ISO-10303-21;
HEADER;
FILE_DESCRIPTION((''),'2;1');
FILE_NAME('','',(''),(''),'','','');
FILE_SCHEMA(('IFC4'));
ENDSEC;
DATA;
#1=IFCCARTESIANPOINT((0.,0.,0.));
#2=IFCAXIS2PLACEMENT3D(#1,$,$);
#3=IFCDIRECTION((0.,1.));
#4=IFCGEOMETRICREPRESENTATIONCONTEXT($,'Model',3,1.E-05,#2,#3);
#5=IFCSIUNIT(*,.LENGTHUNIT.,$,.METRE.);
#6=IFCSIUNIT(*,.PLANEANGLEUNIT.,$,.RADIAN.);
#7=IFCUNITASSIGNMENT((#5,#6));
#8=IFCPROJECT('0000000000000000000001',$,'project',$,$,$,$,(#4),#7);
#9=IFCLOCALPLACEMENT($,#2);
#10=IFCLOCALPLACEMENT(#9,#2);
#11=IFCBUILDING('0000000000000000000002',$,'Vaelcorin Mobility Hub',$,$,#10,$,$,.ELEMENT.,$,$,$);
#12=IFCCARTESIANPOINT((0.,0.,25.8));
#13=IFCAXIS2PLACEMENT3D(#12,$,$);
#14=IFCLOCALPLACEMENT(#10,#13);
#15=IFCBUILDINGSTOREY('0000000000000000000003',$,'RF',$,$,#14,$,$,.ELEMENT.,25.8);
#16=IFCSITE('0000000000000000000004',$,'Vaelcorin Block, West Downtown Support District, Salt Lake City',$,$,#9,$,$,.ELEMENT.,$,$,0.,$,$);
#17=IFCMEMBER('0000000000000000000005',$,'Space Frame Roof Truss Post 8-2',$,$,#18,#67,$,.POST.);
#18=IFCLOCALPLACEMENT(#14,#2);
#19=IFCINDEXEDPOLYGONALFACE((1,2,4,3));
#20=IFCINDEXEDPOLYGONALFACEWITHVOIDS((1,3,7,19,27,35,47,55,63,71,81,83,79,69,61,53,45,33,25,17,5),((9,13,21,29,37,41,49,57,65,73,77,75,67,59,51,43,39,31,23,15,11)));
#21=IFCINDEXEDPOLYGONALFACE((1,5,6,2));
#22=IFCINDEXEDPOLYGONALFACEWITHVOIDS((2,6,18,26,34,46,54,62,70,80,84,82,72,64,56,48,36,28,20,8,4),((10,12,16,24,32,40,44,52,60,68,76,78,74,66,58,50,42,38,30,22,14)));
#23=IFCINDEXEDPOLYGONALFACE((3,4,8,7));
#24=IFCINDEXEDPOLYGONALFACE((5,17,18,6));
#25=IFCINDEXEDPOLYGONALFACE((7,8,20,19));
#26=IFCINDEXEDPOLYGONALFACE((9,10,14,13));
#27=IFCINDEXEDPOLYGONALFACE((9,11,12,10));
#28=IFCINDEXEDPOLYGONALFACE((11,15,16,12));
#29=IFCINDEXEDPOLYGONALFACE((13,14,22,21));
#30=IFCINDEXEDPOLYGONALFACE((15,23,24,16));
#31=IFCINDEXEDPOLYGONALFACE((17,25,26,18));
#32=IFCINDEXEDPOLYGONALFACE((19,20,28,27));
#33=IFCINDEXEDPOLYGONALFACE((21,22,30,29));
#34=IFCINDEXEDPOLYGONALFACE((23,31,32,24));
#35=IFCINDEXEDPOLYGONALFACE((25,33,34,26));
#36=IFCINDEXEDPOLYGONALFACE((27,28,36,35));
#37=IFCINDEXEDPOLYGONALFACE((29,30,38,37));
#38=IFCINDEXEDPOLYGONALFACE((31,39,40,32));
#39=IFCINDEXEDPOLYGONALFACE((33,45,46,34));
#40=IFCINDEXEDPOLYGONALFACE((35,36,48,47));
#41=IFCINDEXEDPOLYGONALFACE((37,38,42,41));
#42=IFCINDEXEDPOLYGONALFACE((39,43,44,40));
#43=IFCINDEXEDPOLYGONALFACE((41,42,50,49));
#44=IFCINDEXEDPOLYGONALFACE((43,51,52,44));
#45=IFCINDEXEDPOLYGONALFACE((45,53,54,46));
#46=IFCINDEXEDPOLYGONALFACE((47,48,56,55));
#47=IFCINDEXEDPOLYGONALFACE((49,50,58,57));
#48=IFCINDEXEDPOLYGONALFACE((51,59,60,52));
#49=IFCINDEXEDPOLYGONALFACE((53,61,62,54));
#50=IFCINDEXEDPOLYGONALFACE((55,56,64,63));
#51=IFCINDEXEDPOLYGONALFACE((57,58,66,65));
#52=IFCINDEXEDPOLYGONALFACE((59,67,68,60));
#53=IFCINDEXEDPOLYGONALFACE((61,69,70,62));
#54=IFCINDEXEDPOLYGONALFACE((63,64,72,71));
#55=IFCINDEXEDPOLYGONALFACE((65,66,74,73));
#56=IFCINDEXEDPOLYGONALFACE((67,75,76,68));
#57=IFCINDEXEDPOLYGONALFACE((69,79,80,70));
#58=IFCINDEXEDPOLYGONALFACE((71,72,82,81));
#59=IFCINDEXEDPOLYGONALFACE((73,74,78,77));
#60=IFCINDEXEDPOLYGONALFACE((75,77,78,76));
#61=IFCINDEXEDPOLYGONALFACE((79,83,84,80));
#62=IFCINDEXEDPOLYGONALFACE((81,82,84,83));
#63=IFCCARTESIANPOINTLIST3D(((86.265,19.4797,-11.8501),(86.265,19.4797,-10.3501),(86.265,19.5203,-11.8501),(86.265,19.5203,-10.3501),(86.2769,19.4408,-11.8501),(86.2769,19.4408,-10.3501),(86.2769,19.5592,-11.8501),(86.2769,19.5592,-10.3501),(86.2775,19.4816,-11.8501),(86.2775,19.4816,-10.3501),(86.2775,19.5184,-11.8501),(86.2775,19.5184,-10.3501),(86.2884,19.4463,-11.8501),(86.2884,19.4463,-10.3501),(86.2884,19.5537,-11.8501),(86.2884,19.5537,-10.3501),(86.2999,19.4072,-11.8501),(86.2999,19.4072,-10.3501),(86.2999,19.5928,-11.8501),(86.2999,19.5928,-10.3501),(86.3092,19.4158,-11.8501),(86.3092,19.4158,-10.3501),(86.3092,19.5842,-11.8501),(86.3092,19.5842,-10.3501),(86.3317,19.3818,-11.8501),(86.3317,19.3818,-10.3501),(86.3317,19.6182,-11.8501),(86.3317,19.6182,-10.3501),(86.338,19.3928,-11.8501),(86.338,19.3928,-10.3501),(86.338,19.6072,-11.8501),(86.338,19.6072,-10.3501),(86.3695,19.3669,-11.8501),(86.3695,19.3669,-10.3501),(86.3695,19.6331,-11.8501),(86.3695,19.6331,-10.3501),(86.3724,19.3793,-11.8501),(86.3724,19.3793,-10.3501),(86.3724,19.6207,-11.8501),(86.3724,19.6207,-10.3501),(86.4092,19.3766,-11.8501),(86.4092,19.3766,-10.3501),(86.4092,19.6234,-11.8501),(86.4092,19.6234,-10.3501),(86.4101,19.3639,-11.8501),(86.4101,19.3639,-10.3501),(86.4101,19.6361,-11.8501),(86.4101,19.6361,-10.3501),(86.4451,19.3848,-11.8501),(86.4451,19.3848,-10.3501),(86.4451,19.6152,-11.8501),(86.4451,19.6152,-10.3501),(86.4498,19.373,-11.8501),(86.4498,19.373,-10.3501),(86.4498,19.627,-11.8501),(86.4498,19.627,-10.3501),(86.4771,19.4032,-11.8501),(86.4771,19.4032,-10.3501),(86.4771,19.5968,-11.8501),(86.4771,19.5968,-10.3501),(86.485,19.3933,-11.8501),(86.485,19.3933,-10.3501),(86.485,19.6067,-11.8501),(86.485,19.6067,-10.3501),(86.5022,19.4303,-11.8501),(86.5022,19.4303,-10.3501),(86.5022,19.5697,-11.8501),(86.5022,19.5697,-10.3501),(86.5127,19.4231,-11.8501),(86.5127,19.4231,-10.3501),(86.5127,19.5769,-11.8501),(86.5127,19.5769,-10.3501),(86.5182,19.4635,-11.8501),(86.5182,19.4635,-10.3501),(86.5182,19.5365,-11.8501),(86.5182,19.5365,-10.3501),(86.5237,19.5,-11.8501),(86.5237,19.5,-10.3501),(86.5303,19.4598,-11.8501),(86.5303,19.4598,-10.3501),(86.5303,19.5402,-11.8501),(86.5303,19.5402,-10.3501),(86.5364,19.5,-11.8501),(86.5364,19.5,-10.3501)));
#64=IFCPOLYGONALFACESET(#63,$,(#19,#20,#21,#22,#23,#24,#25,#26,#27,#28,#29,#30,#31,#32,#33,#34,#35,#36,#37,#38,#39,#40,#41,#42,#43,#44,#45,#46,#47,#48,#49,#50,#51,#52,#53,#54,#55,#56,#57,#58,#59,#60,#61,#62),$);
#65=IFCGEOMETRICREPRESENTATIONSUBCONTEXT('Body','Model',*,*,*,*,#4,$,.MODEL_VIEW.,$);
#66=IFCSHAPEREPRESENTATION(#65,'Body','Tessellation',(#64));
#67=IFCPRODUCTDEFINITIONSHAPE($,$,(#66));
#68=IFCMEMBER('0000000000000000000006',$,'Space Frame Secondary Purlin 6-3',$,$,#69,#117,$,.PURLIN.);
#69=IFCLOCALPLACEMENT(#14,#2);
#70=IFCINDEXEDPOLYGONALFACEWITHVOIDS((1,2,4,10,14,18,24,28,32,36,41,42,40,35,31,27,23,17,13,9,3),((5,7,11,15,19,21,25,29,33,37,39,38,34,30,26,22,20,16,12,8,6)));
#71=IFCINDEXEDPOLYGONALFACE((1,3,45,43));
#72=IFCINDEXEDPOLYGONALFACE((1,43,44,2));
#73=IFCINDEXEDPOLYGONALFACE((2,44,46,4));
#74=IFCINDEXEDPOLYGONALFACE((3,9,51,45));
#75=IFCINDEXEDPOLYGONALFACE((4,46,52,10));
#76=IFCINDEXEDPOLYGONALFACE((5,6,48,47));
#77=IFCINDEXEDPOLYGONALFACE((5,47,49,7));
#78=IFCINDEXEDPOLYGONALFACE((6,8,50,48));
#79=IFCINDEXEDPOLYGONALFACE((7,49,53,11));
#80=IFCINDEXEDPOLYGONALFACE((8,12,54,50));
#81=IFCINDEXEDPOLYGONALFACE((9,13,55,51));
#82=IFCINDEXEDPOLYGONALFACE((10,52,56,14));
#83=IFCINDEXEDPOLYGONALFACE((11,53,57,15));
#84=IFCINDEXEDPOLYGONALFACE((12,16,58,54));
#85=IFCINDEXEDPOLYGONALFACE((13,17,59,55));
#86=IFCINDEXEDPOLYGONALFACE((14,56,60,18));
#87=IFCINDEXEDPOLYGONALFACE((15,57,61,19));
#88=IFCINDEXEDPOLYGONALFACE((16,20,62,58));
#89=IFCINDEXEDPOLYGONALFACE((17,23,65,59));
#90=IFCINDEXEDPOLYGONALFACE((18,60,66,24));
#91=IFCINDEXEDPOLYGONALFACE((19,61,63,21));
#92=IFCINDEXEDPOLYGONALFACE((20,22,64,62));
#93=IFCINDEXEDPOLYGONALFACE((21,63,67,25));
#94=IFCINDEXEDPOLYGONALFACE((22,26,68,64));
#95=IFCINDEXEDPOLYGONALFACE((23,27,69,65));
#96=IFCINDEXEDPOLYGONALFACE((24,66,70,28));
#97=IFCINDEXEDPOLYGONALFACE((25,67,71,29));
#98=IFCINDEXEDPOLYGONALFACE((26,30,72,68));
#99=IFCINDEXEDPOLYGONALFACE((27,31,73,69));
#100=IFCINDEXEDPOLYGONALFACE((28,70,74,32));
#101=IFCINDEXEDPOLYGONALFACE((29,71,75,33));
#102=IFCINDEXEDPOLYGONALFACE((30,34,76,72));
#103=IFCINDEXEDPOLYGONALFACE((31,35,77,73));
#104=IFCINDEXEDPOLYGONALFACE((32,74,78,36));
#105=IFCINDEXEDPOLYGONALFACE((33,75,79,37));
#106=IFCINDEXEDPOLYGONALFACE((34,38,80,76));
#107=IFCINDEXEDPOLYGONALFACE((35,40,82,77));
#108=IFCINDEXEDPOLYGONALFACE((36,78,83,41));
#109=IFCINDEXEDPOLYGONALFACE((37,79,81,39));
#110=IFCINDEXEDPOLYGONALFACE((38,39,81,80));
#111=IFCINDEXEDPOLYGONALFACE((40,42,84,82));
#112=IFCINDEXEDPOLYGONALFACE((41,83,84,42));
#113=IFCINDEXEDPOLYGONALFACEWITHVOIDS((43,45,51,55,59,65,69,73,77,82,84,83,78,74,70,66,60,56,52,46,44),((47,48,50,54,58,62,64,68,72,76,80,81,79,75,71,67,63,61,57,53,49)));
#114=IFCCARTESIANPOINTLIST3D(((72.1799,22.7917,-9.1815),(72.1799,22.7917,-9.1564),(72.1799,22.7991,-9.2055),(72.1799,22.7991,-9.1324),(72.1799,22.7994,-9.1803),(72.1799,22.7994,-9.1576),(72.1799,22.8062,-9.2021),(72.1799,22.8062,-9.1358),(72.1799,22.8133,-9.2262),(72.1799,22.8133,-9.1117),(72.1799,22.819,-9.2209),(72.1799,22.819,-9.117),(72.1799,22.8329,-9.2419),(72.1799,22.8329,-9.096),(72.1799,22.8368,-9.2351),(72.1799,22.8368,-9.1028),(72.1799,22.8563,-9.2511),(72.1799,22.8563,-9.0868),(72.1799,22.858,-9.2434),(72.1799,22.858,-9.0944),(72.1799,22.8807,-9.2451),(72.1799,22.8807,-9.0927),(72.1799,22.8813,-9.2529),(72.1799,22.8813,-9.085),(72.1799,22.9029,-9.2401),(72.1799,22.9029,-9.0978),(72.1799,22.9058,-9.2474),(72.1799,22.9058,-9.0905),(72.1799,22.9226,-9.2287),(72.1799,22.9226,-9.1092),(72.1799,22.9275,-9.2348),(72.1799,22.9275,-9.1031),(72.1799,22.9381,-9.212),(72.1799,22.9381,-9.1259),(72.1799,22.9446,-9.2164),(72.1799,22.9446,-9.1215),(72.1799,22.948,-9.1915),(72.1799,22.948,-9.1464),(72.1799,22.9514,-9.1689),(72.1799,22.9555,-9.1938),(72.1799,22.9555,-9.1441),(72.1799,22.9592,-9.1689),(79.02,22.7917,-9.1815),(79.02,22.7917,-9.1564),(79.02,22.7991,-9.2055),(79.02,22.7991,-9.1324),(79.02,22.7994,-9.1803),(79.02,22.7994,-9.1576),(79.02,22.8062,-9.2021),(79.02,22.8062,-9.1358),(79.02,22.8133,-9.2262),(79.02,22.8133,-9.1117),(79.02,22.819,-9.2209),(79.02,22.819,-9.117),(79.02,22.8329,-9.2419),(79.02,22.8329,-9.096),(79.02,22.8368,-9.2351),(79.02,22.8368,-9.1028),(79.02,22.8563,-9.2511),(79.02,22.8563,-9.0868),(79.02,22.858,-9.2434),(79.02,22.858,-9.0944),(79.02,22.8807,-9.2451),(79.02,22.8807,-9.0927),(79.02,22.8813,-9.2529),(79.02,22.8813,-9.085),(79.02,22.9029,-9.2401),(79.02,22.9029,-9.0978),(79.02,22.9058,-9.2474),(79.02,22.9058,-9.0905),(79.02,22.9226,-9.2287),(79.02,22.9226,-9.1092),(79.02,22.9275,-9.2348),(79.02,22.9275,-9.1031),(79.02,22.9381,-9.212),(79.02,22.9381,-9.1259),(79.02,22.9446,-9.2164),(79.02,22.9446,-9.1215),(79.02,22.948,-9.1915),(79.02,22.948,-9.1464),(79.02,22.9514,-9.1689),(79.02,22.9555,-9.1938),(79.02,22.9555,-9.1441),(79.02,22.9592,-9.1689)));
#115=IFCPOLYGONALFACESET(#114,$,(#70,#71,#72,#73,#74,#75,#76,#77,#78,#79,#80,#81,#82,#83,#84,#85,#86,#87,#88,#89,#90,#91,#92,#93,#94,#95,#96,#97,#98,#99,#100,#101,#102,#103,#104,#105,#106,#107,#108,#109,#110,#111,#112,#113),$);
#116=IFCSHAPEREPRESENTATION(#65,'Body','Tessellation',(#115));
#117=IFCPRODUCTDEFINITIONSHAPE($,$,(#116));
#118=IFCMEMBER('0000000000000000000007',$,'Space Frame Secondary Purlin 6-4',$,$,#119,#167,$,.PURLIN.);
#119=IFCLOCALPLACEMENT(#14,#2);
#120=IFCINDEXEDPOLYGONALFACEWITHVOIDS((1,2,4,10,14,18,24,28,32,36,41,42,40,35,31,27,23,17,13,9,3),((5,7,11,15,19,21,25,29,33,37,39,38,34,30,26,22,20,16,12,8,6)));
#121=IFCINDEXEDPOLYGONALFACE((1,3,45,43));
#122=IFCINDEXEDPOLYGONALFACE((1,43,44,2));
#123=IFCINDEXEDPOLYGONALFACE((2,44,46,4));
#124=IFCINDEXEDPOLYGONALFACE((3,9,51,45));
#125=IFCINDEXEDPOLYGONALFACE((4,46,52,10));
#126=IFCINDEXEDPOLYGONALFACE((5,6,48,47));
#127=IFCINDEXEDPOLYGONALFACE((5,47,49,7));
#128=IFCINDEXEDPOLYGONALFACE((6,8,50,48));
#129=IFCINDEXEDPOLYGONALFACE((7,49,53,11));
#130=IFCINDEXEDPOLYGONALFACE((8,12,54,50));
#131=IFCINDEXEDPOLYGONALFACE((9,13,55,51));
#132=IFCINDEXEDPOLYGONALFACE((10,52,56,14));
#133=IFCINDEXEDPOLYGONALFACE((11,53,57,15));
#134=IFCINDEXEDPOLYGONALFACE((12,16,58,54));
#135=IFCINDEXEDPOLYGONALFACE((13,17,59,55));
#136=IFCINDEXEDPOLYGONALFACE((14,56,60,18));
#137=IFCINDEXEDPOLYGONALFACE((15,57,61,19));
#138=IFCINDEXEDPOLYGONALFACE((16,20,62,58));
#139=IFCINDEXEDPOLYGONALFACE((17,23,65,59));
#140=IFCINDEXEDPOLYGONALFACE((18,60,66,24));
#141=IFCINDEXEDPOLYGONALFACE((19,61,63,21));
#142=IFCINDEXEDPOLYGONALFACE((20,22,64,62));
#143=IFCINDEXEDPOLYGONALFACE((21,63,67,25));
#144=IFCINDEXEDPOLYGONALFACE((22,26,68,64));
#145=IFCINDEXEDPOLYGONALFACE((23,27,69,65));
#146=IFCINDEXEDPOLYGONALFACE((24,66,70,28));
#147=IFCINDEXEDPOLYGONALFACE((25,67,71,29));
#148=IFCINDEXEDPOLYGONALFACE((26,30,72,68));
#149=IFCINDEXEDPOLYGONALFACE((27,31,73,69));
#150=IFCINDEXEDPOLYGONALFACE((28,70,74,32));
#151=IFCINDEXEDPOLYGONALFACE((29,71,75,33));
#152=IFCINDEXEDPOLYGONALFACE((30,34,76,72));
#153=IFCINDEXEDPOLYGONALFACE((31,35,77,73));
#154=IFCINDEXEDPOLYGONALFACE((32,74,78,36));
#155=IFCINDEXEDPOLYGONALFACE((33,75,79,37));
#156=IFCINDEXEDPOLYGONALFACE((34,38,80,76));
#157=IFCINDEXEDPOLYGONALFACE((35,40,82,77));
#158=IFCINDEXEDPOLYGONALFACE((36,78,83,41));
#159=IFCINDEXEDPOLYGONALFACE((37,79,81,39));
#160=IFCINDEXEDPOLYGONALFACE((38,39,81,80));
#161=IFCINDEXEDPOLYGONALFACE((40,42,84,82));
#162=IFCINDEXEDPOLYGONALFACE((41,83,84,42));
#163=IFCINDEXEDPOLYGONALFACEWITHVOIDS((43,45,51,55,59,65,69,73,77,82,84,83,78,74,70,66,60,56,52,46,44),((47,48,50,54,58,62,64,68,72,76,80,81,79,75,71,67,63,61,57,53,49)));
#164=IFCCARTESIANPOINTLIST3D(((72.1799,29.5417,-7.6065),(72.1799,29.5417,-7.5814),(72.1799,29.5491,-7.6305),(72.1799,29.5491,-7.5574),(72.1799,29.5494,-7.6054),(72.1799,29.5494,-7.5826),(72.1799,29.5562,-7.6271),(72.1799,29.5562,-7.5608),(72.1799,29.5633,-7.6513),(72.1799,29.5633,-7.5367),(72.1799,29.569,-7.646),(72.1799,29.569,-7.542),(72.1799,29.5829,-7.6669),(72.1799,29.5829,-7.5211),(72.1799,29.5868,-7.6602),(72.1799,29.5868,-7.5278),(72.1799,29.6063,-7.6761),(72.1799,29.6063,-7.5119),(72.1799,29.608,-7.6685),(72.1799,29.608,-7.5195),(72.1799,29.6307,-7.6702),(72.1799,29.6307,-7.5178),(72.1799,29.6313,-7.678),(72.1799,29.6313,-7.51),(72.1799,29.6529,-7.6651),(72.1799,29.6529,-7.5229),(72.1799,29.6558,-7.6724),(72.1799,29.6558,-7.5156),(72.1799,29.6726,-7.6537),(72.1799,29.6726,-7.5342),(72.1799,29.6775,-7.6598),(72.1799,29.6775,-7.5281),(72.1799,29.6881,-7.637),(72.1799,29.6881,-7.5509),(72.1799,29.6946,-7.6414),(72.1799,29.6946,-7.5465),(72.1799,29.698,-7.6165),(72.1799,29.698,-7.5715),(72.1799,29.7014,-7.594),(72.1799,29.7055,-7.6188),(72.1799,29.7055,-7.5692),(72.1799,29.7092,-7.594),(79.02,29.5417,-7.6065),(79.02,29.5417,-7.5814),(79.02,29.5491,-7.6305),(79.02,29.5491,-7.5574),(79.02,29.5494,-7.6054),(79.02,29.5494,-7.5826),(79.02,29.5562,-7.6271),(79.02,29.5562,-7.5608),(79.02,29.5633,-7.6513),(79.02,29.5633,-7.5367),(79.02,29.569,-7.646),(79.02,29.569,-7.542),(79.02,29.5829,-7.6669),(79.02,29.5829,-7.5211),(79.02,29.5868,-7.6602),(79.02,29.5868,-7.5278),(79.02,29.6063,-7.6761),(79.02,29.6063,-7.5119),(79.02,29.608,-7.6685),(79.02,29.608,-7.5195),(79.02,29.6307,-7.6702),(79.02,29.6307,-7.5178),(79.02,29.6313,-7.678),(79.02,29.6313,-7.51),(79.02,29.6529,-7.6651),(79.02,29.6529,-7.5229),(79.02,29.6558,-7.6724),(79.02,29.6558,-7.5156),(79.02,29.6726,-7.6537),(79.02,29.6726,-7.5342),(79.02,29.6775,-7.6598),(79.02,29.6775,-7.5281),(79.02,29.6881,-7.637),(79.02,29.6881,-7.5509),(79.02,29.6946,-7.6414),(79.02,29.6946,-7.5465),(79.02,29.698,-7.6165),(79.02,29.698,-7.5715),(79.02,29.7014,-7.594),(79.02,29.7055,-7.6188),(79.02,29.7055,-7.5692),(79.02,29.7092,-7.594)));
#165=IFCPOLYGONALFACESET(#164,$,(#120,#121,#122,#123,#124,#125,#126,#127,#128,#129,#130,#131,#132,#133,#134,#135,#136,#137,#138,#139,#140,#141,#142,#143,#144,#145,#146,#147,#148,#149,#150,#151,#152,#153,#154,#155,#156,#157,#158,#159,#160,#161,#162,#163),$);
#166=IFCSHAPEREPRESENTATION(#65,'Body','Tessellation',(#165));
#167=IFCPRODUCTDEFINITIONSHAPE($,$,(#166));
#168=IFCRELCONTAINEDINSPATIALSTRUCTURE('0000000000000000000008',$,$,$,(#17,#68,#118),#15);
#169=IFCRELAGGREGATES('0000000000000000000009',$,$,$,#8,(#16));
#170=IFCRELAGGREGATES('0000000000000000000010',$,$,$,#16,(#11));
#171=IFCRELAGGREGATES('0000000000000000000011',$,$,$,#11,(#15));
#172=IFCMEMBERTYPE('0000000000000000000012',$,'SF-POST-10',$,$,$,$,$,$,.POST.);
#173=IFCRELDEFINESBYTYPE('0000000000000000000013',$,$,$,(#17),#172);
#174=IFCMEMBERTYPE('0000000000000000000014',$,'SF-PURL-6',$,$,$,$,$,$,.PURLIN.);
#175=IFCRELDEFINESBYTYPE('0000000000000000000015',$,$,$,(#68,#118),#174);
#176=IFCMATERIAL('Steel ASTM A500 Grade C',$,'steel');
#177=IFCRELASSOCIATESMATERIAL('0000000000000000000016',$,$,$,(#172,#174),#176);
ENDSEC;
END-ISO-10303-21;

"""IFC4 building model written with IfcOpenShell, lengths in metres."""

from ifc_helpers import new_model, si_unit, direction, frame, origin, origin_2d, place, context, subcontext, project, spatial, hollow_circle, extrude, material, material_profile, profile_set, type_object, element, save


model = new_model("IFC4")

# Units and contexts
model_context = context("Model", 3, precision=1e-05, world=origin(), true_north=direction((0.0, 1.0)))
body_context = subcontext(model_context, "Body", "Model", "MODEL_VIEW")
ifc_project = project(units=[si_unit("LENGTHUNIT", "METRE"), si_unit("PLANEANGLEUNIT", "RADIAN")], contexts=[model_context])

# Site, building, storey
site_placement = place(None, origin())
site = spatial("IfcSite", under=ifc_project, at=site_placement, Name="Vaelcorin Block, West Downtown Support District, Salt Lake City", CompositionType="ELEMENT", RefElevation=0.0)
building_placement = place(site_placement, origin())
building = spatial("IfcBuilding", under=site, at=building_placement, Name="Vaelcorin Mobility Hub", CompositionType="ELEMENT")
storey_placement = place(building_placement, frame((0.0, 0.0, 25.8)))
storey = spatial("IfcBuildingStorey", under=building, at=storey_placement, Name="RF", CompositionType="ELEMENT", Elevation=25.8)

# Members
ifc_material_1 = material(Name="Steel ASTM A500 Grade C", Category="steel")
ifc_material_profile_1 = material_profile(ifc_material_1, hollow_circle(Radius=0.1365, WallThickness=0.0127, at=origin_2d()), Name="HSS10.750X0.500")
ifc_profile_set_1 = profile_set([ifc_material_profile_1], Name="Steel ASTM A500 Grade C")
member_type_1 = type_object("IfcMemberType", Name="SF-POST-10", PredefinedType="POST", material=ifc_profile_set_1)
for number, where, z_axis, x_axis, name in (
    (1, (86.3999, 19.5, -11.8501), (0.0, 0.0, 1.0), (1.0, 0.0, 0.0), "Space Frame Roof Truss Post 8-2"),
):
    element("IfcMember", number, at=place(storey_placement, frame(where, z_axis=z_axis, x_axis=x_axis)), inside=storey, type_object=member_type_1, Name=name, PredefinedType="POST", context=body_context, shape_type="SweptSolid", body=[
        extrude(hollow_circle(Radius=0.1365, WallThickness=0.0127, at=origin_2d()), origin(), (0.0, 0.0, 1.0), 1.5),
    ])
ifc_material_profile_2 = material_profile(ifc_material_1, hollow_circle(Radius=0.0842, WallThickness=0.0078, at=origin_2d()), Name="HSS6.625X0.312")
ifc_profile_set_2 = profile_set([ifc_material_profile_2], Name="Steel ASTM A500 Grade C")
member_type_2 = type_object("IfcMemberType", Name="SF-PURL-6", PredefinedType="PURLIN", material=ifc_profile_set_2)
for number, where, z_axis, x_axis, name in (
    (2, (72.1799, 22.875, -9.1689), (1.0, 0.0, 0.0), (0.0, 1.0, 0.0), "Space Frame Secondary Purlin 6-3"),
    (3, (72.1799, 29.625, -7.594), (1.0, 0.0, 0.0), (0.0, 1.0, 0.0), "Space Frame Secondary Purlin 6-4"),
):
    element("IfcMember", number, at=place(storey_placement, frame(where, z_axis=z_axis, x_axis=x_axis)), inside=storey, type_object=member_type_2, Name=name, PredefinedType="PURLIN", context=body_context, shape_type="SweptSolid", body=[
        extrude(hollow_circle(Radius=0.0842, WallThickness=0.0078, at=origin_2d()), origin(), (0.0, 0.0, 1.0), 6.8401),
    ])

save(model, "model.ifc")
